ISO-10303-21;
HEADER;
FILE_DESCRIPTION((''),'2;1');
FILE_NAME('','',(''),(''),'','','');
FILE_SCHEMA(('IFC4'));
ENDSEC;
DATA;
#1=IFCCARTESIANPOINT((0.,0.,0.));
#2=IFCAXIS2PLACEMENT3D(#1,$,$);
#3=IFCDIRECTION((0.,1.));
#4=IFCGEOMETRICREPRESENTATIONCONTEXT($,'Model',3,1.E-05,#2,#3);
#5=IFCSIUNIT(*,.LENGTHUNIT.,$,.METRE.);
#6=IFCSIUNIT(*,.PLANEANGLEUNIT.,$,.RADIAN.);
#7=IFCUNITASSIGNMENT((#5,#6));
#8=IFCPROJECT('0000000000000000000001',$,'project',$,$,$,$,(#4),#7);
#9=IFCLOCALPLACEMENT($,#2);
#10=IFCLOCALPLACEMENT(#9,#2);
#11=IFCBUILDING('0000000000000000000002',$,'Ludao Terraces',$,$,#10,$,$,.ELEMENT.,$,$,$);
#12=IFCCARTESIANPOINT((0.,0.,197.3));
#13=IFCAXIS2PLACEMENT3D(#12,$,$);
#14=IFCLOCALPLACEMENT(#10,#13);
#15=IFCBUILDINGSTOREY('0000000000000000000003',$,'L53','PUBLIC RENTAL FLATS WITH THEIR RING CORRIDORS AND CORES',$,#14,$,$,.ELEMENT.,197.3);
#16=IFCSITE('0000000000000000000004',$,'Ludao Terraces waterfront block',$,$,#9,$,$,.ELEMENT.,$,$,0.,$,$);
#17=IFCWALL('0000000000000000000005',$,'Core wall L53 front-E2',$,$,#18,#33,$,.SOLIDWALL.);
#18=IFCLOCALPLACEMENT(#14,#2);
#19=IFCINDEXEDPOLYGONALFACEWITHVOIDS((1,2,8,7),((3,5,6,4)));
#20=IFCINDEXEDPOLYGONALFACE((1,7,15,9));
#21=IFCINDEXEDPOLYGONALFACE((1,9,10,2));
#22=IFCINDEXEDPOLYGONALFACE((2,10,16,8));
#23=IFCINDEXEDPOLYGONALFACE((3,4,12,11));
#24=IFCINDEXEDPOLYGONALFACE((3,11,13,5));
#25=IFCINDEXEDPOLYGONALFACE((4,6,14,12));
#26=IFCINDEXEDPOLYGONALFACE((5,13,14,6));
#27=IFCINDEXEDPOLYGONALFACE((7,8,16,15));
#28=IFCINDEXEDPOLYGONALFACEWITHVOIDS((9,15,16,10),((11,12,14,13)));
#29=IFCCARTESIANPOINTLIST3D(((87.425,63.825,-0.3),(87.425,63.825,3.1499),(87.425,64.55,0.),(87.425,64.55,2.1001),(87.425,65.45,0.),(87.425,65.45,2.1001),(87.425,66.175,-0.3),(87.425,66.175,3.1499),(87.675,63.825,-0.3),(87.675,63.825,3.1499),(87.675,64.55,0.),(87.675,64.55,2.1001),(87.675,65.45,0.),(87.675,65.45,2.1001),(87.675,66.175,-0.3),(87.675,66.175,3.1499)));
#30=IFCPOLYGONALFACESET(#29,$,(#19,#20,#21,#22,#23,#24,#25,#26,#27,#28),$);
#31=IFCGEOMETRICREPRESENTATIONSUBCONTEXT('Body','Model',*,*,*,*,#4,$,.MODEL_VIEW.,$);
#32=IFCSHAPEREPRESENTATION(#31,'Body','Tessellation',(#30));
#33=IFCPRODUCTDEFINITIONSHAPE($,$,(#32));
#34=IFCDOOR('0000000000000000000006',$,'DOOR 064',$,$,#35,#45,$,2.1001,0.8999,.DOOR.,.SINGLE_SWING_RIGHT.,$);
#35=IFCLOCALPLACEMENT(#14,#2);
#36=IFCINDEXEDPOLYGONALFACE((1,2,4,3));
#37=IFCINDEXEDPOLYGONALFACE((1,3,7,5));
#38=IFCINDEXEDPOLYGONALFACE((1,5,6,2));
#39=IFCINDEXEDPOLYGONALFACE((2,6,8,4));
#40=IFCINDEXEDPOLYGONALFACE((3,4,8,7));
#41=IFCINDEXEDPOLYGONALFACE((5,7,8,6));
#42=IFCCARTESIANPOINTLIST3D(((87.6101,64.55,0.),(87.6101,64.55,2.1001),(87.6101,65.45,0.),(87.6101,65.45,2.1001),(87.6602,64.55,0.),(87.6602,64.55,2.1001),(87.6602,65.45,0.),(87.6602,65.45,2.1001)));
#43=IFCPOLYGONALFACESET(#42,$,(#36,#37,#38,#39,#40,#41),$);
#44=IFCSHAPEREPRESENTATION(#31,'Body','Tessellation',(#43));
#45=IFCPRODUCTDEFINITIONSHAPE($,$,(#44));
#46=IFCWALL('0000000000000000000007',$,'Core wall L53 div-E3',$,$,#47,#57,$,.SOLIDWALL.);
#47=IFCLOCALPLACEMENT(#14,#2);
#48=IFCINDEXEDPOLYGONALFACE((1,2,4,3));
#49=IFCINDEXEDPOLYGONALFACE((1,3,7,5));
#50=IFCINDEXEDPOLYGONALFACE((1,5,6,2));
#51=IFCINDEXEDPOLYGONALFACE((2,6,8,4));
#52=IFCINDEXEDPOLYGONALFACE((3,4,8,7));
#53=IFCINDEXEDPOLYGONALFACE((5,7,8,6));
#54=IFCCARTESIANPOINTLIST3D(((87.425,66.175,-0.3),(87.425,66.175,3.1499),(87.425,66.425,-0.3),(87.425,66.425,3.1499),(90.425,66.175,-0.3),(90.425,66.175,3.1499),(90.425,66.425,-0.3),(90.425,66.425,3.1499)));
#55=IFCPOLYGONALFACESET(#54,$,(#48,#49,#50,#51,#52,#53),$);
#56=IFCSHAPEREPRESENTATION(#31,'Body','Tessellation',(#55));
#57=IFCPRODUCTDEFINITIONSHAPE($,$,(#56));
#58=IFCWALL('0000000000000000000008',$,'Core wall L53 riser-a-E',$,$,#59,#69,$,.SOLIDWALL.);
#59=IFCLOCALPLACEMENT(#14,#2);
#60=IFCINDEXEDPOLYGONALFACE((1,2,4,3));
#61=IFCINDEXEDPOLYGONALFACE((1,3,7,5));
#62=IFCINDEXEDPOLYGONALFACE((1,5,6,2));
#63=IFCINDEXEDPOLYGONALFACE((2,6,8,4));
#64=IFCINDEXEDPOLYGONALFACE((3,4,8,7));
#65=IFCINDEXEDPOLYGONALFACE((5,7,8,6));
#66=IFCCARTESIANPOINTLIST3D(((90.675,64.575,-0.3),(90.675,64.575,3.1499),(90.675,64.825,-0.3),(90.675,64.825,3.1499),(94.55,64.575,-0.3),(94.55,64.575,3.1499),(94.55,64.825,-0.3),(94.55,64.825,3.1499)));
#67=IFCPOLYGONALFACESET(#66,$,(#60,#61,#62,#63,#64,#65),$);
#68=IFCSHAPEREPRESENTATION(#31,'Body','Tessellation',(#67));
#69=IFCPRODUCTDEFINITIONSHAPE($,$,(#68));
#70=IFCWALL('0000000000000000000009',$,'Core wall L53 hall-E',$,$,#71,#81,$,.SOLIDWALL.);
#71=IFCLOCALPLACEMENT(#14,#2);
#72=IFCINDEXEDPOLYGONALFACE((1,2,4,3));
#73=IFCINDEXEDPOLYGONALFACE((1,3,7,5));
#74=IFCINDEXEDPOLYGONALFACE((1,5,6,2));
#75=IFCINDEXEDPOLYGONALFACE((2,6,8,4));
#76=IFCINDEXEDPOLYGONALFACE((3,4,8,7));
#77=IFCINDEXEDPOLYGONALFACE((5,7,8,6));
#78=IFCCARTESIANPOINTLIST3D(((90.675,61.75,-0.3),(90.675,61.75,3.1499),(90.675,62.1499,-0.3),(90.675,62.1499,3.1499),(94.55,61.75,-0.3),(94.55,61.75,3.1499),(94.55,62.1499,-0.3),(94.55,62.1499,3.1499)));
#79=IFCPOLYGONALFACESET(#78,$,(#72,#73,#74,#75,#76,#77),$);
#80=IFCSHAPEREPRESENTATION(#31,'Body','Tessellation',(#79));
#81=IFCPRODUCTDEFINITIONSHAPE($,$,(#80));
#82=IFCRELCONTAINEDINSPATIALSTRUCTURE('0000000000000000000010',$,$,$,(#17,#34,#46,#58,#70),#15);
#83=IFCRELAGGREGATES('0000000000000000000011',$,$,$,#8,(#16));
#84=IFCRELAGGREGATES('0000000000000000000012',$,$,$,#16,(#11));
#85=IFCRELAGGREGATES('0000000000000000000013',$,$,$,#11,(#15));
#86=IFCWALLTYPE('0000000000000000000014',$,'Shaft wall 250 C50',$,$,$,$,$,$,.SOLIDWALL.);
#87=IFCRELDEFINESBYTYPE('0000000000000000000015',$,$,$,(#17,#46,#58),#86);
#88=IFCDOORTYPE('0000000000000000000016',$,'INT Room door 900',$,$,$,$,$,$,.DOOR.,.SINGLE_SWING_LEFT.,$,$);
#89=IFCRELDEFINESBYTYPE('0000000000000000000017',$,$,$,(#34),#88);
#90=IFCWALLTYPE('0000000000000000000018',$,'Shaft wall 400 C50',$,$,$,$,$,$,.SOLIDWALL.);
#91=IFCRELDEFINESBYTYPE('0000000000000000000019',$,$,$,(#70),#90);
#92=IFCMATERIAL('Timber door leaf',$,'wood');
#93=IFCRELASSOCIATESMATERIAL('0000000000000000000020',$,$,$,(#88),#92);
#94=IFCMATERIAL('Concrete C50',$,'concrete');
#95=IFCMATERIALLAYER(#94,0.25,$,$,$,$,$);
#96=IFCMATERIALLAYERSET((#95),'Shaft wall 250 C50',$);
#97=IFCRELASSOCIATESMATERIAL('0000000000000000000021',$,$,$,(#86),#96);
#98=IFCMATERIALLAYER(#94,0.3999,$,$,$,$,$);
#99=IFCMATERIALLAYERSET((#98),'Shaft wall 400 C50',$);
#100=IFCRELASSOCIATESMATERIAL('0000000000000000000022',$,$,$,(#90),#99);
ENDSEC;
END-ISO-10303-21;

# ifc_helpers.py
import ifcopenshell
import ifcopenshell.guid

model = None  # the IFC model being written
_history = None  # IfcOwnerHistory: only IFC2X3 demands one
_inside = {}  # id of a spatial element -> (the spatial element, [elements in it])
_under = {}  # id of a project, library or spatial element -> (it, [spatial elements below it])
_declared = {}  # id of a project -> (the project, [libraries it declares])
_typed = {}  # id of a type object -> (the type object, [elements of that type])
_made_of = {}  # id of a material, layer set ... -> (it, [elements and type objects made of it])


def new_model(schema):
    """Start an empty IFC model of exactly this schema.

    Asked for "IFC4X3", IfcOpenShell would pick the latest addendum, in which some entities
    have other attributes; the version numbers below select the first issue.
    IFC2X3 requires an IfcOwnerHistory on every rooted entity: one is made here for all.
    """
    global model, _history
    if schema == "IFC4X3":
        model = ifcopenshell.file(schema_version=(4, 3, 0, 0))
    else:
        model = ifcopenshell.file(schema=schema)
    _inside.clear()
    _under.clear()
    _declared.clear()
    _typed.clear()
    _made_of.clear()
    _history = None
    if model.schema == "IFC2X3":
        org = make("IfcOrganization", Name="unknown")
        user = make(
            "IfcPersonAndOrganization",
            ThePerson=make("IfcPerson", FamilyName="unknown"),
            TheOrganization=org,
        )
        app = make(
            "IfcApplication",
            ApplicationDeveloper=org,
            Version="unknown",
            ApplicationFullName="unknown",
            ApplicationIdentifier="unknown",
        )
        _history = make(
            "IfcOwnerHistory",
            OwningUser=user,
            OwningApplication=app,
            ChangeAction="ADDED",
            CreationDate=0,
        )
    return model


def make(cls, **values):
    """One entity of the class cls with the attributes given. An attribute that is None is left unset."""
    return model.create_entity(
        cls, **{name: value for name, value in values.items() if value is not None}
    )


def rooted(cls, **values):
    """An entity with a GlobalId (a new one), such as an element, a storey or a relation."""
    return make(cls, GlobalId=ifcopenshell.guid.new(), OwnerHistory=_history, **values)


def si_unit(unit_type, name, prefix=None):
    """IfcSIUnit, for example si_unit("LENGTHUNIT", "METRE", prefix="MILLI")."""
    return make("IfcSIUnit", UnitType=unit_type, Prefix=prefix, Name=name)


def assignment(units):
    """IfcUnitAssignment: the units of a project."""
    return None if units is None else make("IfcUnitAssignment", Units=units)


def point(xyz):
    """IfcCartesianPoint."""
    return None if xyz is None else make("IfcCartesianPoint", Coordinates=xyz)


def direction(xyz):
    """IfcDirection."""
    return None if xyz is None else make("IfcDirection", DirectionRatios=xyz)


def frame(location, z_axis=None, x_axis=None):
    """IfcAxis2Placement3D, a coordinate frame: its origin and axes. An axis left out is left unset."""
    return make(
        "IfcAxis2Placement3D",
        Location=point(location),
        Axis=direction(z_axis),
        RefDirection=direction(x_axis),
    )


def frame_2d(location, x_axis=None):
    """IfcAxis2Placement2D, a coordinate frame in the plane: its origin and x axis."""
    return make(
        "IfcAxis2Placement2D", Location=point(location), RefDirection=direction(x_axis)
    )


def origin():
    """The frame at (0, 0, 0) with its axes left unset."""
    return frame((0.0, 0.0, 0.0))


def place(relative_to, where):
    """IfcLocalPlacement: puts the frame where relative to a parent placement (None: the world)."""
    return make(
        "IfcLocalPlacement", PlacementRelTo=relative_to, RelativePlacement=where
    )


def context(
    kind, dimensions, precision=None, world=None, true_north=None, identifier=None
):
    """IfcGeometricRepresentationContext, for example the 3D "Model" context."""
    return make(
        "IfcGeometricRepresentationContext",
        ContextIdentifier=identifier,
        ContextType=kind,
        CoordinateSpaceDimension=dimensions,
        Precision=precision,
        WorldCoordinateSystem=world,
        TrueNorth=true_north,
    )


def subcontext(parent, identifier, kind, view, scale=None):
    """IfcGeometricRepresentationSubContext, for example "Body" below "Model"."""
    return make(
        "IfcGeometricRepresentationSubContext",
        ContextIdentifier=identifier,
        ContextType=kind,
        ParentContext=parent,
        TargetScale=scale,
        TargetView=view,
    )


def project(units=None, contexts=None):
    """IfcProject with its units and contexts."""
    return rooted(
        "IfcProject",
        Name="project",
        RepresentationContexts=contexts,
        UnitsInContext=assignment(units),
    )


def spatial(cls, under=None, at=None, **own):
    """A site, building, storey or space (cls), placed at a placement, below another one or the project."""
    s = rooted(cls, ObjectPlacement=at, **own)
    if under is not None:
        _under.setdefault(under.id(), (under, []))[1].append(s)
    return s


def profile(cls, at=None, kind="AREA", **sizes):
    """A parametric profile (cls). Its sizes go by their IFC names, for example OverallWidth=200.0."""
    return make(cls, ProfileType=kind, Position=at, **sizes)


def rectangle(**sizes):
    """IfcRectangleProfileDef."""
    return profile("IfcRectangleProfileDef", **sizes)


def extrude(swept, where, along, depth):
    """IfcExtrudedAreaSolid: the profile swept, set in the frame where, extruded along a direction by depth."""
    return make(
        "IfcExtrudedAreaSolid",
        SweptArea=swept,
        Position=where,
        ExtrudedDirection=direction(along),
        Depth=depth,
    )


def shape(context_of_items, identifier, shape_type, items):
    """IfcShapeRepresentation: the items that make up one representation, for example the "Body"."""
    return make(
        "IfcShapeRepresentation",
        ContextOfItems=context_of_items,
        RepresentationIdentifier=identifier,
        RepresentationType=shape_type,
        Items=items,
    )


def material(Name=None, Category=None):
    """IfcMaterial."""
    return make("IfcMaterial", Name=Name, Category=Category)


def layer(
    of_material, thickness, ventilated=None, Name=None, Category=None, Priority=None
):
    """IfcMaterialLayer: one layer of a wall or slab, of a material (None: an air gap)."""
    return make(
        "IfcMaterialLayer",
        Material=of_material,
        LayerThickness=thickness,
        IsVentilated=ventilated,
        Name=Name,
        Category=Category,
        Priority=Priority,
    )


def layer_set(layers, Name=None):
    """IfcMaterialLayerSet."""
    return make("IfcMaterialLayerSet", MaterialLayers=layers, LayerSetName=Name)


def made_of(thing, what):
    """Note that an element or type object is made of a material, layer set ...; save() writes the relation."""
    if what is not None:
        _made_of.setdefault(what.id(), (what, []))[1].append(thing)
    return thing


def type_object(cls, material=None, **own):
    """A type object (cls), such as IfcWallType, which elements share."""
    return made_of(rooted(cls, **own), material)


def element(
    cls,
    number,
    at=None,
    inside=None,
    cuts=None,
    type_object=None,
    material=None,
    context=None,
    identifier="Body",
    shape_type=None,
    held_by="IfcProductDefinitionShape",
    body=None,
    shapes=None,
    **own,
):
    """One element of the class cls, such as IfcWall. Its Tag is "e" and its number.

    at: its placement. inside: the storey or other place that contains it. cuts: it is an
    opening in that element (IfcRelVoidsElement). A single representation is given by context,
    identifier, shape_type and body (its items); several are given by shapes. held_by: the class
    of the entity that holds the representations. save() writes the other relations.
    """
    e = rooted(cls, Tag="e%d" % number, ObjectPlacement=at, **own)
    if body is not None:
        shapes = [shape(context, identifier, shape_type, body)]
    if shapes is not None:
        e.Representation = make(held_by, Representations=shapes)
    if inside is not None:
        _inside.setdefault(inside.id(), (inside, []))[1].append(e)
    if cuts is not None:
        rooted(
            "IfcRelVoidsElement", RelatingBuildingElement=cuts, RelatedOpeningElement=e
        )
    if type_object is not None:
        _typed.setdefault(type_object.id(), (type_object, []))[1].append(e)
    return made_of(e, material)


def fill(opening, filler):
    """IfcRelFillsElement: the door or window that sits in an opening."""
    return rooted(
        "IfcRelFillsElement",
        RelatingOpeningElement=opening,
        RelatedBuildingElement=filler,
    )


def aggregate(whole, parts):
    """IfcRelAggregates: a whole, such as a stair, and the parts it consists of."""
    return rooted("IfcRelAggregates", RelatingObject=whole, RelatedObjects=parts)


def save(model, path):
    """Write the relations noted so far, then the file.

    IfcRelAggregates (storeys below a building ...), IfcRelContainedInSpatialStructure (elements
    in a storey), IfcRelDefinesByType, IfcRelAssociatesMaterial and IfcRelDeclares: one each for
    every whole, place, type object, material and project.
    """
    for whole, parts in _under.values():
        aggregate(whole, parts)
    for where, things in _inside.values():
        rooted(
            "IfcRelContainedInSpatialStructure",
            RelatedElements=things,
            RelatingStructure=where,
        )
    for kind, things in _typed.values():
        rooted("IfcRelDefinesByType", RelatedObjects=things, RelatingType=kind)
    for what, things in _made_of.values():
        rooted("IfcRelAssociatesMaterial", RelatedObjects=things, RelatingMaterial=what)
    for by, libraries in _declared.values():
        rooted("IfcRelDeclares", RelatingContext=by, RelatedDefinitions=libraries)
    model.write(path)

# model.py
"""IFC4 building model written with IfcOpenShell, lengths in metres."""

from ifc_helpers import new_model, si_unit, direction, frame, frame_2d, origin, place, context, subcontext, project, spatial, rectangle, extrude, material, layer, layer_set, type_object, element, fill, save


model = new_model("IFC4")

# Units and contexts
model_context = context("Model", 3, precision=1e-05, world=origin(), true_north=direction((0.0, 1.0)))
body_context = subcontext(model_context, "Body", "Model", "MODEL_VIEW")
ifc_project = project(units=[si_unit("LENGTHUNIT", "METRE"), si_unit("PLANEANGLEUNIT", "RADIAN")], contexts=[model_context])

# Site, building, storey
site_placement = place(None, origin())
site = spatial("IfcSite", under=ifc_project, at=site_placement, Name="Ludao Terraces waterfront block", CompositionType="ELEMENT", RefElevation=0.0)
building_placement = place(site_placement, origin())
building = spatial("IfcBuilding", under=site, at=building_placement, Name="Ludao Terraces", CompositionType="ELEMENT")
storey_placement = place(building_placement, frame((0.0, 0.0, 197.3)))
storey = spatial("IfcBuildingStorey", under=building, at=storey_placement, Name="L53", Description="PUBLIC RENTAL FLATS WITH THEIR RING CORRIDORS AND CORES", CompositionType="ELEMENT", Elevation=197.3)

# Shared definitions
ifc_material_1 = material(Name="Concrete C50", Category="concrete")
ifc_material_2 = material(Name="Timber door leaf", Category="wood")
door_type_1 = type_object("IfcDoorType", Name="INT Room door 900", OperationType="SINGLE_SWING_LEFT", PredefinedType="DOOR", material=ifc_material_2)

# Shared definitions
ifc_layer_1 = layer(ifc_material_1, 0.25)
ifc_layer_set_1 = layer_set([ifc_layer_1], Name="Shaft wall 250 C50")
wall_type_1 = type_object("IfcWallType", Name="Shaft wall 250 C50", PredefinedType="SOLIDWALL", material=ifc_layer_set_1)

# Wall, opening, door
wall_1_placement = place(storey_placement, frame((87.55, 63.825, -0.3), z_axis=(0.0, 0.0, 1.0), x_axis=(0.0, 1.0, 0.0)))
wall_1 = element("IfcWall", 1, at=wall_1_placement, inside=storey, type_object=wall_type_1, Name="Core wall L53 front-E2", PredefinedType="SOLIDWALL", context=body_context, shape_type="SweptSolid", body=[
    extrude(rectangle(XDim=2.3501, YDim=0.25, at=frame_2d((1.175, 0.0))), origin(), (0.0, 0.0, 1.0), 3.45),
])
opening_1_placement = place(wall_1_placement, frame((0.7251, 0.0, 0.3)))
opening_1 = element("IfcOpeningElement", 2, at=opening_1_placement, cuts=wall_1, PredefinedType="OPENING", context=body_context, shape_type="SweptSolid", body=[
    extrude(rectangle(XDim=0.8999, YDim=2.1001, at=frame_2d((0.45, 1.05))), frame((0.0, 0.135, 0.0), z_axis=(0.0, -1.0, 0.0), x_axis=(1.0, 0.0, 0.0)), (0.0, 0.0, 1.0), 0.27),
])
door_1_placement = place(opening_1_placement, origin())
door_1 = element("IfcDoor", 3, at=door_1_placement, inside=storey, type_object=door_type_1, Name="DOOR 064", OperationType="SINGLE_SWING_RIGHT", OverallHeight=2.1001, OverallWidth=0.8999, PredefinedType="DOOR", context=body_context, shape_type="SweptSolid", body=[
    extrude(rectangle(XDim=0.8999, YDim=2.1001, at=frame_2d((0.45, 1.05))), frame((0.0, -0.0601, 0.0), z_axis=(0.0, -1.0, 0.0), x_axis=(1.0, 0.0, 0.0)), (0.0, 0.0, 1.0), 0.05),
])
fill(opening_1, door_1)

# Walls
wall_2_placement = place(storey_placement, frame((87.425, 66.3, -0.3), z_axis=(0.0, 0.0, 1.0), x_axis=(1.0, 0.0, 0.0)))
element("IfcWall", 4, at=wall_2_placement, inside=storey, type_object=wall_type_1, Name="Core wall L53 div-E3", PredefinedType="SOLIDWALL", context=body_context, shape_type="SweptSolid", body=[
    extrude(rectangle(XDim=3.0, YDim=0.25, at=frame_2d((1.5, 0.0))), origin(), (0.0, 0.0, 1.0), 3.45),
])
wall_3_placement = place(storey_placement, frame((90.675, 64.7, -0.3), z_axis=(0.0, 0.0, 1.0), x_axis=(1.0, 0.0, 0.0)))
element("IfcWall", 5, at=wall_3_placement, inside=storey, type_object=wall_type_1, Name="Core wall L53 riser-a-E", PredefinedType="SOLIDWALL", context=body_context, shape_type="SweptSolid", body=[
    extrude(rectangle(XDim=3.875, YDim=0.25, at=frame_2d((1.9375, 0.0))), origin(), (0.0, 0.0, 1.0), 3.45),
])
ifc_layer_2 = layer(ifc_material_1, 0.3999)
ifc_layer_set_2 = layer_set([ifc_layer_2], Name="Shaft wall 400 C50")
wall_type_2 = type_object("IfcWallType", Name="Shaft wall 400 C50", PredefinedType="SOLIDWALL", material=ifc_layer_set_2)
wall_4_placement = place(storey_placement, frame((90.675, 61.95, -0.3), z_axis=(0.0, 0.0, 1.0), x_axis=(1.0, 0.0, 0.0)))
element("IfcWall", 6, at=wall_4_placement, inside=storey, type_object=wall_type_2, Name="Core wall L53 hall-E", PredefinedType="SOLIDWALL", context=body_context, shape_type="SweptSolid", body=[
    extrude(rectangle(XDim=3.875, YDim=0.3999, at=frame_2d((1.9375, 0.0))), origin(), (0.0, 0.0, 1.0), 3.45),
])

save(model, "model.ifc")
